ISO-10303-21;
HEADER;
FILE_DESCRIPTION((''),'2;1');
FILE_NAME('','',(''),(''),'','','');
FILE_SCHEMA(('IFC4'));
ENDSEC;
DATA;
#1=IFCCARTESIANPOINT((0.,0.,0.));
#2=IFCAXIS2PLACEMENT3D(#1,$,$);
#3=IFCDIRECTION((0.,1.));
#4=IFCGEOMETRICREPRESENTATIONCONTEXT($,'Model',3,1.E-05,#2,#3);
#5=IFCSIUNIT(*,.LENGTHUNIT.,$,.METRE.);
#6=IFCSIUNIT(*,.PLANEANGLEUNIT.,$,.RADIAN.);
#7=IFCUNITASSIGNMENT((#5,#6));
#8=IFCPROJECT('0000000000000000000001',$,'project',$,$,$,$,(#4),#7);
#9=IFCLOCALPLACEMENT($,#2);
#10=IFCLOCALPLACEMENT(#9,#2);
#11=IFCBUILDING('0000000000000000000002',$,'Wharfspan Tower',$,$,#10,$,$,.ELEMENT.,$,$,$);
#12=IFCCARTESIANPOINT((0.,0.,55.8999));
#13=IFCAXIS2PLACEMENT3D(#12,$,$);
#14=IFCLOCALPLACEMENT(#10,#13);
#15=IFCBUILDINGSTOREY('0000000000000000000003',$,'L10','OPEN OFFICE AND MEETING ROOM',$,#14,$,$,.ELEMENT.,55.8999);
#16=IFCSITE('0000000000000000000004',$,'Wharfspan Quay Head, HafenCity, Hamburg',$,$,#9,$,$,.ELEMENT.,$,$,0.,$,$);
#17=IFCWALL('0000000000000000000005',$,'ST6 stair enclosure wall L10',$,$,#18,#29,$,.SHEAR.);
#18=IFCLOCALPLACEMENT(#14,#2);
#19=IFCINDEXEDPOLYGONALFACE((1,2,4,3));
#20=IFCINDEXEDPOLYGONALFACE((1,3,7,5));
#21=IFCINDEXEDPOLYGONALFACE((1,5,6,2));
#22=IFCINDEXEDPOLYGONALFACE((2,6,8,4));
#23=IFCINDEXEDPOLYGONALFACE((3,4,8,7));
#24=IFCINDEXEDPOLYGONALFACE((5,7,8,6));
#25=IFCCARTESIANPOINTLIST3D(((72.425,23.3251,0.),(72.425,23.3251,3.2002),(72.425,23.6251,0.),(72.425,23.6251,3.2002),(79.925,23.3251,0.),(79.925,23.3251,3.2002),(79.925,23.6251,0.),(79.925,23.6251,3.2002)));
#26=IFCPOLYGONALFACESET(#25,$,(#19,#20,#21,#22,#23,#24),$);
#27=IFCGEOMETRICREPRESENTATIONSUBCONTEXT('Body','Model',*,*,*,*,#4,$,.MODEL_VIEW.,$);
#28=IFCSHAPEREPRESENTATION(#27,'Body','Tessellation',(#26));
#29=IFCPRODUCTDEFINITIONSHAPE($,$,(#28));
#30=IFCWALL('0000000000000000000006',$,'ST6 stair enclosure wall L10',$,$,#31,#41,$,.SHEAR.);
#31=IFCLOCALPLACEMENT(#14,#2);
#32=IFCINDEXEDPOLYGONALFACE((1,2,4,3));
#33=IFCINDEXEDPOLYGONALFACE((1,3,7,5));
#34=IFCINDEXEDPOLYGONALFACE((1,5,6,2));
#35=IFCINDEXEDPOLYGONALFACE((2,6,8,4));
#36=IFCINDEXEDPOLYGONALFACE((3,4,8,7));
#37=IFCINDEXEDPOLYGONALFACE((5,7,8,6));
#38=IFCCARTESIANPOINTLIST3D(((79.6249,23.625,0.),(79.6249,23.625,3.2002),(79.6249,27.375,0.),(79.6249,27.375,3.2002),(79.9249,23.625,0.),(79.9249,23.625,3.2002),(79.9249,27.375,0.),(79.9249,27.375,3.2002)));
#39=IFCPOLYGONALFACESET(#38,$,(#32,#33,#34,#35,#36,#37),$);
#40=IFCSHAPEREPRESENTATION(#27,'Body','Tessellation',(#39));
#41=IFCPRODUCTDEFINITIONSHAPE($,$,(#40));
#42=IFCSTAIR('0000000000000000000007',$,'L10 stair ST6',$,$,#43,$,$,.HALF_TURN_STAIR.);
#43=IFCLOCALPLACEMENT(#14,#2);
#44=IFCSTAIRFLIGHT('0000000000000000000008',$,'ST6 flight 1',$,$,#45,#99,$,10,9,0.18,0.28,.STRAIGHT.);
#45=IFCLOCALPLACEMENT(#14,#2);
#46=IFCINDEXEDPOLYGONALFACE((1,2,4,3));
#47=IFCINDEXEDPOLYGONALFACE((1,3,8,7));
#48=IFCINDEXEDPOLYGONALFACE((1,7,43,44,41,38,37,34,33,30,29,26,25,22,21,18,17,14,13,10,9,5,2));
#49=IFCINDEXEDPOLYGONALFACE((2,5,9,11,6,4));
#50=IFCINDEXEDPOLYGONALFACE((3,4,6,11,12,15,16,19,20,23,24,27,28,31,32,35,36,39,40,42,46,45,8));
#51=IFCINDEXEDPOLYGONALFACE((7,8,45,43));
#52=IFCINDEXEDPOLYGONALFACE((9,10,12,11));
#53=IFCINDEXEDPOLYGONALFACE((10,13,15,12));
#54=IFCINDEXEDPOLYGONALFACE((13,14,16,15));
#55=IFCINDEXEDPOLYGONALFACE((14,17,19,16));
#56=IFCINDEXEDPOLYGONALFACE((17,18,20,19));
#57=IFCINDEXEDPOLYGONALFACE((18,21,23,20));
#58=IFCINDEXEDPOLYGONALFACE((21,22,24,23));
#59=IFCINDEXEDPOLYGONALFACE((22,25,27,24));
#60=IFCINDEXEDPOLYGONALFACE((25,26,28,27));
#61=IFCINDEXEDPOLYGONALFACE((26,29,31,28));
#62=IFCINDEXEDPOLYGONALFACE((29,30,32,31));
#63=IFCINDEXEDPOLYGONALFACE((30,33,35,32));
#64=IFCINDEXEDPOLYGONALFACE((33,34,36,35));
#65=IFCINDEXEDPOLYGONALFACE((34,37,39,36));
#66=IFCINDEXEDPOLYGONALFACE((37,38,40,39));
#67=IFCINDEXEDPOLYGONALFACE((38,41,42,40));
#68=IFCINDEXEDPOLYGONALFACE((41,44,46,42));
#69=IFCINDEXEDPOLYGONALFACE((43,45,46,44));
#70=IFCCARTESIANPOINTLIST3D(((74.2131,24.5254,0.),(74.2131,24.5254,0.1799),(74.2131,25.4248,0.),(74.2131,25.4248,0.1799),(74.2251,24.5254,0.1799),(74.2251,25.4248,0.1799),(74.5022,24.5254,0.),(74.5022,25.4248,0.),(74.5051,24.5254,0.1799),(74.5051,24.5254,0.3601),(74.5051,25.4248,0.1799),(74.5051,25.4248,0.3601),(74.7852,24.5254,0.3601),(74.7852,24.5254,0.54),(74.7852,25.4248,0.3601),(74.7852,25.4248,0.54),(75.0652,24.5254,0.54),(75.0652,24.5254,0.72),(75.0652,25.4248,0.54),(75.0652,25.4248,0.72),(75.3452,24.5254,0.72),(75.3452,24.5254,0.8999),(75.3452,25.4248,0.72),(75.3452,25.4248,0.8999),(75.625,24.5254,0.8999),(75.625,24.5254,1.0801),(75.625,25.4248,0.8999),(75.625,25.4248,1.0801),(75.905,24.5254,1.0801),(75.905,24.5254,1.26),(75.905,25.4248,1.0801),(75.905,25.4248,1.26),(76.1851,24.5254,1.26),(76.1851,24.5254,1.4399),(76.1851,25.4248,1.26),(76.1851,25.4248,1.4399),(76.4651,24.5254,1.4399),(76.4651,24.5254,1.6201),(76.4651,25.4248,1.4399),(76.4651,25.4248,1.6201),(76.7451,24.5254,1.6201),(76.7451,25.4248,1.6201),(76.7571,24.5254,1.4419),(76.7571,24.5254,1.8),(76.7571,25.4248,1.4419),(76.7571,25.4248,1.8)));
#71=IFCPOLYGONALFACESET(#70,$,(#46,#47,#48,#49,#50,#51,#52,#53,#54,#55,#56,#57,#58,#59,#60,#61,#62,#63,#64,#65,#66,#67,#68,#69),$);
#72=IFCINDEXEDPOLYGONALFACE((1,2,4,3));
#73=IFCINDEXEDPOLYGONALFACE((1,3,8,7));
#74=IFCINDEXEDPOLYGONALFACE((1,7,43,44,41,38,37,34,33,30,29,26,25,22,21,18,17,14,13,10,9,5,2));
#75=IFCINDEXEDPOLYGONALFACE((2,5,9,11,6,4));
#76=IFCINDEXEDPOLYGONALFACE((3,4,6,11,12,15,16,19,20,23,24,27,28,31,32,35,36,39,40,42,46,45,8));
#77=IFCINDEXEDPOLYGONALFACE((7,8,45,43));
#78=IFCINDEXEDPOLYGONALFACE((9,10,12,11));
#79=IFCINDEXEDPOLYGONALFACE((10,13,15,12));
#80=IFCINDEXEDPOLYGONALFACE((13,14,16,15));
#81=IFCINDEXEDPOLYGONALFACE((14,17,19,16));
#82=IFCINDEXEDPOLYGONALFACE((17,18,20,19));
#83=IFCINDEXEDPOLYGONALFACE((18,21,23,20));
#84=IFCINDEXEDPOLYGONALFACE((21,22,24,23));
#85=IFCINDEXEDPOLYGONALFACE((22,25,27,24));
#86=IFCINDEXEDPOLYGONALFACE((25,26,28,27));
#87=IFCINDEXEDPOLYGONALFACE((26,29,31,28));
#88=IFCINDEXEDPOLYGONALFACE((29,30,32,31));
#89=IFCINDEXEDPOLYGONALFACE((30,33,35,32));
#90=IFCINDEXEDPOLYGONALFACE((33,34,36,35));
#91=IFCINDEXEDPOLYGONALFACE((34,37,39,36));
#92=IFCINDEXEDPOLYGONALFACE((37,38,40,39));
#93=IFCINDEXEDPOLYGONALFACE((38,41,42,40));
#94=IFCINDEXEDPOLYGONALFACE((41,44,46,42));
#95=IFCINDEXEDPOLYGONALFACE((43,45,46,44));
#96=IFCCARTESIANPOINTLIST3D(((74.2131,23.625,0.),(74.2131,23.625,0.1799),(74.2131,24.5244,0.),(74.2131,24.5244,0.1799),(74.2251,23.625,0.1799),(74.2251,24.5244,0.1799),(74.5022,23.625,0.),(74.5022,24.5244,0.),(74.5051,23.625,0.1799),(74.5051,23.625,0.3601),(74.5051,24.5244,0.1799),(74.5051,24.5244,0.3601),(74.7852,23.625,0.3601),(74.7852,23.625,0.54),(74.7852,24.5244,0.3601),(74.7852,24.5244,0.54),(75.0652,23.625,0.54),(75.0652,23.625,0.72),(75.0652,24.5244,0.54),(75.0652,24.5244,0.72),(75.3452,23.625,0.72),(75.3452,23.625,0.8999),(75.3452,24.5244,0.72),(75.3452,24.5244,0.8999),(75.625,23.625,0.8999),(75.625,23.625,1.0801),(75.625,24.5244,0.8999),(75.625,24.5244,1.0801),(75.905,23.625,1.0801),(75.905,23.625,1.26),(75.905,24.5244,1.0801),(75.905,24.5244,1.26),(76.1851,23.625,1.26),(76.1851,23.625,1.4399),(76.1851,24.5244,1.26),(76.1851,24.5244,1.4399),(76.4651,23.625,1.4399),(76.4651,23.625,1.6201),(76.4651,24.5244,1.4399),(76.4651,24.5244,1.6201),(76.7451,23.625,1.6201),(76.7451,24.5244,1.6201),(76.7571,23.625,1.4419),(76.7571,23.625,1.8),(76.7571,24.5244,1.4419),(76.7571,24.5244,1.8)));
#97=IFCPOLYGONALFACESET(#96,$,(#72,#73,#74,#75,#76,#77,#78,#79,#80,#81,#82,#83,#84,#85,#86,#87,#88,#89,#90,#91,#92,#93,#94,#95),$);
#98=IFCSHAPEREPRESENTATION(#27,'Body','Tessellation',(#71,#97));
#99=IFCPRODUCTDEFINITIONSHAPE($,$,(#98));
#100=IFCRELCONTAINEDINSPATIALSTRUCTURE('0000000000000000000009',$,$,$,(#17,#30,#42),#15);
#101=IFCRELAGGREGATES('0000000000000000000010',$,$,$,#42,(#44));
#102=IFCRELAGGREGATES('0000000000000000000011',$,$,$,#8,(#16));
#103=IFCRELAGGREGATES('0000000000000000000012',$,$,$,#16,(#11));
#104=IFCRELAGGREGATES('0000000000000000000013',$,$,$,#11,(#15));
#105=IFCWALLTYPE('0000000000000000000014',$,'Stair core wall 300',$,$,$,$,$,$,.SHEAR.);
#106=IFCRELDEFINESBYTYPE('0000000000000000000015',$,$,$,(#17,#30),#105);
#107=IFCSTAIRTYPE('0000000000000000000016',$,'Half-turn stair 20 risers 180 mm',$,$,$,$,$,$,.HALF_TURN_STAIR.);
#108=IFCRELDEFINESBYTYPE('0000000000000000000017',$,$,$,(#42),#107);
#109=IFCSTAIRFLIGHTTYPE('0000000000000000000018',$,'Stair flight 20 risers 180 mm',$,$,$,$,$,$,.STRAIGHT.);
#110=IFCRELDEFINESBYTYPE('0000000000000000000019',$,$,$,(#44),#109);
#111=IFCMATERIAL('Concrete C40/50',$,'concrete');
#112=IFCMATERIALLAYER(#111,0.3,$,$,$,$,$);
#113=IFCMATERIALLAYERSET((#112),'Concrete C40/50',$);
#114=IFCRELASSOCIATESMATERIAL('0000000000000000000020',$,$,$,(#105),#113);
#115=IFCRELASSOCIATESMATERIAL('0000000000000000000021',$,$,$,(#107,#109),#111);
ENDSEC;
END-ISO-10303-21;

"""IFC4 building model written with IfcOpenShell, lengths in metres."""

from ifc_helpers import new_model, si_unit, direction, frame, frame_2d, origin, place, context, subcontext, project, spatial, polyline, rectangle, outline, extrude, material, layer, layer_set, type_object, element, aggregate, save


model = new_model("IFC4")

# Units and contexts
model_context = context("Model", 3, precision=1e-05, world=origin(), true_north=direction((0.0, 1.0)))
body_context = subcontext(model_context, "Body", "Model", "MODEL_VIEW")
ifc_project = project(units=[si_unit("LENGTHUNIT", "METRE"), si_unit("PLANEANGLEUNIT", "RADIAN")], contexts=[model_context])

# Site, building, storey
site_placement = place(None, origin())
site = spatial("IfcSite", under=ifc_project, at=site_placement, Name="Wharfspan Quay Head, HafenCity, Hamburg", CompositionType="ELEMENT", RefElevation=0.0)
building_placement = place(site_placement, origin())
building = spatial("IfcBuilding", under=site, at=building_placement, Name="Wharfspan Tower", CompositionType="ELEMENT")
storey_placement = place(building_placement, frame((0.0, 0.0, 55.8999)))
storey = spatial("IfcBuildingStorey", under=building, at=storey_placement, Name="L10", Description="OPEN OFFICE AND MEETING ROOM", CompositionType="ELEMENT", Elevation=55.8999)

# Shared definitions
ifc_material_1 = material(Name="Concrete C40/50", Category="concrete")
ifc_layer_1 = layer(ifc_material_1, 0.3)
ifc_layer_set_1 = layer_set([ifc_layer_1], Name="Concrete C40/50")
wall_type_1 = type_object("IfcWallType", Name="Stair core wall 300", PredefinedType="SHEAR", material=ifc_layer_set_1)

# Walls
wall_1_placement = place(storey_placement, frame((72.425, 23.4751, 0.0), z_axis=(0.0, 0.0, 1.0), x_axis=(1.0, 0.0, 0.0)))
element("IfcWall", 1, at=wall_1_placement, inside=storey, type_object=wall_type_1, Name="ST6 stair enclosure wall L10", PredefinedType="SHEAR", context=body_context, shape_type="SweptSolid", body=[
    extrude(rectangle(XDim=7.5, YDim=0.3, at=frame_2d((3.75, 0.0))), origin(), (0.0, 0.0, 1.0), 3.2002),
])
wall_2_placement = place(storey_placement, frame((79.7749, 23.625, 0.0), z_axis=(0.0, 0.0, 1.0), x_axis=(0.0, 1.0, 0.0)))
element("IfcWall", 2, at=wall_2_placement, inside=storey, type_object=wall_type_1, Name="ST6 stair enclosure wall L10", PredefinedType="SHEAR", context=body_context, shape_type="SweptSolid", body=[
    extrude(rectangle(XDim=3.75, YDim=0.3, at=frame_2d((1.875, 0.0))), origin(), (0.0, 0.0, 1.0), 3.2002),
])

# Stair, stair flight
stair_type = type_object("IfcStairType", Name="Half-turn stair 20 risers 180 mm", PredefinedType="HALF_TURN_STAIR", material=ifc_material_1)
stair_placement = place(storey_placement, origin())
stair = element("IfcStair", 3, at=stair_placement, inside=storey, type_object=stair_type, Name="L10 stair ST6", PredefinedType="HALF_TURN_STAIR")
stair_flight_type = type_object("IfcStairFlightType", Name="Stair flight 20 risers 180 mm", PredefinedType="STRAIGHT", material=ifc_material_1)
stair_flight_placement = place(storey_placement, frame((74.2251, 24.5249, 0.0), z_axis=(0.0, 0.0, 1.0), x_axis=(1.0, 0.0, 0.0)))
stair_flight = element("IfcStairFlight", 4, at=stair_flight_placement, type_object=stair_flight_type, Name="ST6 flight 1", NumberOfRisers=10, NumberOfTreads=9, PredefinedType="STRAIGHT", RiserHeight=0.18, TreadLength=0.28, context=body_context, shape_type="SweptSolid", body=[
    extrude(outline(polyline([(-0.012, 0.0), (-0.012, 0.1799), (0.0, 0.1799), (0.28, 0.1799), (0.28, 0.3601), (0.5601, 0.3601), (0.5601, 0.54), (0.8401, 0.54), (0.8401, 0.72), (1.1201, 0.72), (1.1201, 0.8999), (1.3999, 0.8999), (1.3999, 1.0801), (1.6799, 1.0801), (1.6799, 1.26), (1.96, 1.26), (1.96, 1.4399), (2.24, 1.4399), (2.24, 1.6201), (2.52, 1.6201), (2.532, 1.8), (2.532, 1.4419), (0.2771, 0.0), (-0.012, 0.0)])), frame((0.0, 0.8999, 0.0), z_axis=(0.0, -1.0, 0.0), x_axis=(1.0, 0.0, 0.0)), (0.0, 0.0, 1.0), 0.8994),
    extrude(outline(polyline([(-0.012, 0.0), (-0.012, 0.1799), (0.0, 0.1799), (0.28, 0.1799), (0.28, 0.3601), (0.5601, 0.3601), (0.5601, 0.54), (0.8401, 0.54), (0.8401, 0.72), (1.1201, 0.72), (1.1201, 0.8999), (1.3999, 0.8999), (1.3999, 1.0801), (1.6799, 1.0801), (1.6799, 1.26), (1.96, 1.26), (1.96, 1.4399), (2.24, 1.4399), (2.24, 1.6201), (2.52, 1.6201), (2.532, 1.8), (2.532, 1.4419), (0.2771, 0.0), (-0.012, 0.0)])), frame((0.0, -0.0005, 0.0), z_axis=(0.0, -1.0, 0.0), x_axis=(1.0, 0.0, 0.0)), (0.0, 0.0, 1.0), 0.8994),
])
aggregate(stair, [stair_flight])

save(model, "model.ifc")
